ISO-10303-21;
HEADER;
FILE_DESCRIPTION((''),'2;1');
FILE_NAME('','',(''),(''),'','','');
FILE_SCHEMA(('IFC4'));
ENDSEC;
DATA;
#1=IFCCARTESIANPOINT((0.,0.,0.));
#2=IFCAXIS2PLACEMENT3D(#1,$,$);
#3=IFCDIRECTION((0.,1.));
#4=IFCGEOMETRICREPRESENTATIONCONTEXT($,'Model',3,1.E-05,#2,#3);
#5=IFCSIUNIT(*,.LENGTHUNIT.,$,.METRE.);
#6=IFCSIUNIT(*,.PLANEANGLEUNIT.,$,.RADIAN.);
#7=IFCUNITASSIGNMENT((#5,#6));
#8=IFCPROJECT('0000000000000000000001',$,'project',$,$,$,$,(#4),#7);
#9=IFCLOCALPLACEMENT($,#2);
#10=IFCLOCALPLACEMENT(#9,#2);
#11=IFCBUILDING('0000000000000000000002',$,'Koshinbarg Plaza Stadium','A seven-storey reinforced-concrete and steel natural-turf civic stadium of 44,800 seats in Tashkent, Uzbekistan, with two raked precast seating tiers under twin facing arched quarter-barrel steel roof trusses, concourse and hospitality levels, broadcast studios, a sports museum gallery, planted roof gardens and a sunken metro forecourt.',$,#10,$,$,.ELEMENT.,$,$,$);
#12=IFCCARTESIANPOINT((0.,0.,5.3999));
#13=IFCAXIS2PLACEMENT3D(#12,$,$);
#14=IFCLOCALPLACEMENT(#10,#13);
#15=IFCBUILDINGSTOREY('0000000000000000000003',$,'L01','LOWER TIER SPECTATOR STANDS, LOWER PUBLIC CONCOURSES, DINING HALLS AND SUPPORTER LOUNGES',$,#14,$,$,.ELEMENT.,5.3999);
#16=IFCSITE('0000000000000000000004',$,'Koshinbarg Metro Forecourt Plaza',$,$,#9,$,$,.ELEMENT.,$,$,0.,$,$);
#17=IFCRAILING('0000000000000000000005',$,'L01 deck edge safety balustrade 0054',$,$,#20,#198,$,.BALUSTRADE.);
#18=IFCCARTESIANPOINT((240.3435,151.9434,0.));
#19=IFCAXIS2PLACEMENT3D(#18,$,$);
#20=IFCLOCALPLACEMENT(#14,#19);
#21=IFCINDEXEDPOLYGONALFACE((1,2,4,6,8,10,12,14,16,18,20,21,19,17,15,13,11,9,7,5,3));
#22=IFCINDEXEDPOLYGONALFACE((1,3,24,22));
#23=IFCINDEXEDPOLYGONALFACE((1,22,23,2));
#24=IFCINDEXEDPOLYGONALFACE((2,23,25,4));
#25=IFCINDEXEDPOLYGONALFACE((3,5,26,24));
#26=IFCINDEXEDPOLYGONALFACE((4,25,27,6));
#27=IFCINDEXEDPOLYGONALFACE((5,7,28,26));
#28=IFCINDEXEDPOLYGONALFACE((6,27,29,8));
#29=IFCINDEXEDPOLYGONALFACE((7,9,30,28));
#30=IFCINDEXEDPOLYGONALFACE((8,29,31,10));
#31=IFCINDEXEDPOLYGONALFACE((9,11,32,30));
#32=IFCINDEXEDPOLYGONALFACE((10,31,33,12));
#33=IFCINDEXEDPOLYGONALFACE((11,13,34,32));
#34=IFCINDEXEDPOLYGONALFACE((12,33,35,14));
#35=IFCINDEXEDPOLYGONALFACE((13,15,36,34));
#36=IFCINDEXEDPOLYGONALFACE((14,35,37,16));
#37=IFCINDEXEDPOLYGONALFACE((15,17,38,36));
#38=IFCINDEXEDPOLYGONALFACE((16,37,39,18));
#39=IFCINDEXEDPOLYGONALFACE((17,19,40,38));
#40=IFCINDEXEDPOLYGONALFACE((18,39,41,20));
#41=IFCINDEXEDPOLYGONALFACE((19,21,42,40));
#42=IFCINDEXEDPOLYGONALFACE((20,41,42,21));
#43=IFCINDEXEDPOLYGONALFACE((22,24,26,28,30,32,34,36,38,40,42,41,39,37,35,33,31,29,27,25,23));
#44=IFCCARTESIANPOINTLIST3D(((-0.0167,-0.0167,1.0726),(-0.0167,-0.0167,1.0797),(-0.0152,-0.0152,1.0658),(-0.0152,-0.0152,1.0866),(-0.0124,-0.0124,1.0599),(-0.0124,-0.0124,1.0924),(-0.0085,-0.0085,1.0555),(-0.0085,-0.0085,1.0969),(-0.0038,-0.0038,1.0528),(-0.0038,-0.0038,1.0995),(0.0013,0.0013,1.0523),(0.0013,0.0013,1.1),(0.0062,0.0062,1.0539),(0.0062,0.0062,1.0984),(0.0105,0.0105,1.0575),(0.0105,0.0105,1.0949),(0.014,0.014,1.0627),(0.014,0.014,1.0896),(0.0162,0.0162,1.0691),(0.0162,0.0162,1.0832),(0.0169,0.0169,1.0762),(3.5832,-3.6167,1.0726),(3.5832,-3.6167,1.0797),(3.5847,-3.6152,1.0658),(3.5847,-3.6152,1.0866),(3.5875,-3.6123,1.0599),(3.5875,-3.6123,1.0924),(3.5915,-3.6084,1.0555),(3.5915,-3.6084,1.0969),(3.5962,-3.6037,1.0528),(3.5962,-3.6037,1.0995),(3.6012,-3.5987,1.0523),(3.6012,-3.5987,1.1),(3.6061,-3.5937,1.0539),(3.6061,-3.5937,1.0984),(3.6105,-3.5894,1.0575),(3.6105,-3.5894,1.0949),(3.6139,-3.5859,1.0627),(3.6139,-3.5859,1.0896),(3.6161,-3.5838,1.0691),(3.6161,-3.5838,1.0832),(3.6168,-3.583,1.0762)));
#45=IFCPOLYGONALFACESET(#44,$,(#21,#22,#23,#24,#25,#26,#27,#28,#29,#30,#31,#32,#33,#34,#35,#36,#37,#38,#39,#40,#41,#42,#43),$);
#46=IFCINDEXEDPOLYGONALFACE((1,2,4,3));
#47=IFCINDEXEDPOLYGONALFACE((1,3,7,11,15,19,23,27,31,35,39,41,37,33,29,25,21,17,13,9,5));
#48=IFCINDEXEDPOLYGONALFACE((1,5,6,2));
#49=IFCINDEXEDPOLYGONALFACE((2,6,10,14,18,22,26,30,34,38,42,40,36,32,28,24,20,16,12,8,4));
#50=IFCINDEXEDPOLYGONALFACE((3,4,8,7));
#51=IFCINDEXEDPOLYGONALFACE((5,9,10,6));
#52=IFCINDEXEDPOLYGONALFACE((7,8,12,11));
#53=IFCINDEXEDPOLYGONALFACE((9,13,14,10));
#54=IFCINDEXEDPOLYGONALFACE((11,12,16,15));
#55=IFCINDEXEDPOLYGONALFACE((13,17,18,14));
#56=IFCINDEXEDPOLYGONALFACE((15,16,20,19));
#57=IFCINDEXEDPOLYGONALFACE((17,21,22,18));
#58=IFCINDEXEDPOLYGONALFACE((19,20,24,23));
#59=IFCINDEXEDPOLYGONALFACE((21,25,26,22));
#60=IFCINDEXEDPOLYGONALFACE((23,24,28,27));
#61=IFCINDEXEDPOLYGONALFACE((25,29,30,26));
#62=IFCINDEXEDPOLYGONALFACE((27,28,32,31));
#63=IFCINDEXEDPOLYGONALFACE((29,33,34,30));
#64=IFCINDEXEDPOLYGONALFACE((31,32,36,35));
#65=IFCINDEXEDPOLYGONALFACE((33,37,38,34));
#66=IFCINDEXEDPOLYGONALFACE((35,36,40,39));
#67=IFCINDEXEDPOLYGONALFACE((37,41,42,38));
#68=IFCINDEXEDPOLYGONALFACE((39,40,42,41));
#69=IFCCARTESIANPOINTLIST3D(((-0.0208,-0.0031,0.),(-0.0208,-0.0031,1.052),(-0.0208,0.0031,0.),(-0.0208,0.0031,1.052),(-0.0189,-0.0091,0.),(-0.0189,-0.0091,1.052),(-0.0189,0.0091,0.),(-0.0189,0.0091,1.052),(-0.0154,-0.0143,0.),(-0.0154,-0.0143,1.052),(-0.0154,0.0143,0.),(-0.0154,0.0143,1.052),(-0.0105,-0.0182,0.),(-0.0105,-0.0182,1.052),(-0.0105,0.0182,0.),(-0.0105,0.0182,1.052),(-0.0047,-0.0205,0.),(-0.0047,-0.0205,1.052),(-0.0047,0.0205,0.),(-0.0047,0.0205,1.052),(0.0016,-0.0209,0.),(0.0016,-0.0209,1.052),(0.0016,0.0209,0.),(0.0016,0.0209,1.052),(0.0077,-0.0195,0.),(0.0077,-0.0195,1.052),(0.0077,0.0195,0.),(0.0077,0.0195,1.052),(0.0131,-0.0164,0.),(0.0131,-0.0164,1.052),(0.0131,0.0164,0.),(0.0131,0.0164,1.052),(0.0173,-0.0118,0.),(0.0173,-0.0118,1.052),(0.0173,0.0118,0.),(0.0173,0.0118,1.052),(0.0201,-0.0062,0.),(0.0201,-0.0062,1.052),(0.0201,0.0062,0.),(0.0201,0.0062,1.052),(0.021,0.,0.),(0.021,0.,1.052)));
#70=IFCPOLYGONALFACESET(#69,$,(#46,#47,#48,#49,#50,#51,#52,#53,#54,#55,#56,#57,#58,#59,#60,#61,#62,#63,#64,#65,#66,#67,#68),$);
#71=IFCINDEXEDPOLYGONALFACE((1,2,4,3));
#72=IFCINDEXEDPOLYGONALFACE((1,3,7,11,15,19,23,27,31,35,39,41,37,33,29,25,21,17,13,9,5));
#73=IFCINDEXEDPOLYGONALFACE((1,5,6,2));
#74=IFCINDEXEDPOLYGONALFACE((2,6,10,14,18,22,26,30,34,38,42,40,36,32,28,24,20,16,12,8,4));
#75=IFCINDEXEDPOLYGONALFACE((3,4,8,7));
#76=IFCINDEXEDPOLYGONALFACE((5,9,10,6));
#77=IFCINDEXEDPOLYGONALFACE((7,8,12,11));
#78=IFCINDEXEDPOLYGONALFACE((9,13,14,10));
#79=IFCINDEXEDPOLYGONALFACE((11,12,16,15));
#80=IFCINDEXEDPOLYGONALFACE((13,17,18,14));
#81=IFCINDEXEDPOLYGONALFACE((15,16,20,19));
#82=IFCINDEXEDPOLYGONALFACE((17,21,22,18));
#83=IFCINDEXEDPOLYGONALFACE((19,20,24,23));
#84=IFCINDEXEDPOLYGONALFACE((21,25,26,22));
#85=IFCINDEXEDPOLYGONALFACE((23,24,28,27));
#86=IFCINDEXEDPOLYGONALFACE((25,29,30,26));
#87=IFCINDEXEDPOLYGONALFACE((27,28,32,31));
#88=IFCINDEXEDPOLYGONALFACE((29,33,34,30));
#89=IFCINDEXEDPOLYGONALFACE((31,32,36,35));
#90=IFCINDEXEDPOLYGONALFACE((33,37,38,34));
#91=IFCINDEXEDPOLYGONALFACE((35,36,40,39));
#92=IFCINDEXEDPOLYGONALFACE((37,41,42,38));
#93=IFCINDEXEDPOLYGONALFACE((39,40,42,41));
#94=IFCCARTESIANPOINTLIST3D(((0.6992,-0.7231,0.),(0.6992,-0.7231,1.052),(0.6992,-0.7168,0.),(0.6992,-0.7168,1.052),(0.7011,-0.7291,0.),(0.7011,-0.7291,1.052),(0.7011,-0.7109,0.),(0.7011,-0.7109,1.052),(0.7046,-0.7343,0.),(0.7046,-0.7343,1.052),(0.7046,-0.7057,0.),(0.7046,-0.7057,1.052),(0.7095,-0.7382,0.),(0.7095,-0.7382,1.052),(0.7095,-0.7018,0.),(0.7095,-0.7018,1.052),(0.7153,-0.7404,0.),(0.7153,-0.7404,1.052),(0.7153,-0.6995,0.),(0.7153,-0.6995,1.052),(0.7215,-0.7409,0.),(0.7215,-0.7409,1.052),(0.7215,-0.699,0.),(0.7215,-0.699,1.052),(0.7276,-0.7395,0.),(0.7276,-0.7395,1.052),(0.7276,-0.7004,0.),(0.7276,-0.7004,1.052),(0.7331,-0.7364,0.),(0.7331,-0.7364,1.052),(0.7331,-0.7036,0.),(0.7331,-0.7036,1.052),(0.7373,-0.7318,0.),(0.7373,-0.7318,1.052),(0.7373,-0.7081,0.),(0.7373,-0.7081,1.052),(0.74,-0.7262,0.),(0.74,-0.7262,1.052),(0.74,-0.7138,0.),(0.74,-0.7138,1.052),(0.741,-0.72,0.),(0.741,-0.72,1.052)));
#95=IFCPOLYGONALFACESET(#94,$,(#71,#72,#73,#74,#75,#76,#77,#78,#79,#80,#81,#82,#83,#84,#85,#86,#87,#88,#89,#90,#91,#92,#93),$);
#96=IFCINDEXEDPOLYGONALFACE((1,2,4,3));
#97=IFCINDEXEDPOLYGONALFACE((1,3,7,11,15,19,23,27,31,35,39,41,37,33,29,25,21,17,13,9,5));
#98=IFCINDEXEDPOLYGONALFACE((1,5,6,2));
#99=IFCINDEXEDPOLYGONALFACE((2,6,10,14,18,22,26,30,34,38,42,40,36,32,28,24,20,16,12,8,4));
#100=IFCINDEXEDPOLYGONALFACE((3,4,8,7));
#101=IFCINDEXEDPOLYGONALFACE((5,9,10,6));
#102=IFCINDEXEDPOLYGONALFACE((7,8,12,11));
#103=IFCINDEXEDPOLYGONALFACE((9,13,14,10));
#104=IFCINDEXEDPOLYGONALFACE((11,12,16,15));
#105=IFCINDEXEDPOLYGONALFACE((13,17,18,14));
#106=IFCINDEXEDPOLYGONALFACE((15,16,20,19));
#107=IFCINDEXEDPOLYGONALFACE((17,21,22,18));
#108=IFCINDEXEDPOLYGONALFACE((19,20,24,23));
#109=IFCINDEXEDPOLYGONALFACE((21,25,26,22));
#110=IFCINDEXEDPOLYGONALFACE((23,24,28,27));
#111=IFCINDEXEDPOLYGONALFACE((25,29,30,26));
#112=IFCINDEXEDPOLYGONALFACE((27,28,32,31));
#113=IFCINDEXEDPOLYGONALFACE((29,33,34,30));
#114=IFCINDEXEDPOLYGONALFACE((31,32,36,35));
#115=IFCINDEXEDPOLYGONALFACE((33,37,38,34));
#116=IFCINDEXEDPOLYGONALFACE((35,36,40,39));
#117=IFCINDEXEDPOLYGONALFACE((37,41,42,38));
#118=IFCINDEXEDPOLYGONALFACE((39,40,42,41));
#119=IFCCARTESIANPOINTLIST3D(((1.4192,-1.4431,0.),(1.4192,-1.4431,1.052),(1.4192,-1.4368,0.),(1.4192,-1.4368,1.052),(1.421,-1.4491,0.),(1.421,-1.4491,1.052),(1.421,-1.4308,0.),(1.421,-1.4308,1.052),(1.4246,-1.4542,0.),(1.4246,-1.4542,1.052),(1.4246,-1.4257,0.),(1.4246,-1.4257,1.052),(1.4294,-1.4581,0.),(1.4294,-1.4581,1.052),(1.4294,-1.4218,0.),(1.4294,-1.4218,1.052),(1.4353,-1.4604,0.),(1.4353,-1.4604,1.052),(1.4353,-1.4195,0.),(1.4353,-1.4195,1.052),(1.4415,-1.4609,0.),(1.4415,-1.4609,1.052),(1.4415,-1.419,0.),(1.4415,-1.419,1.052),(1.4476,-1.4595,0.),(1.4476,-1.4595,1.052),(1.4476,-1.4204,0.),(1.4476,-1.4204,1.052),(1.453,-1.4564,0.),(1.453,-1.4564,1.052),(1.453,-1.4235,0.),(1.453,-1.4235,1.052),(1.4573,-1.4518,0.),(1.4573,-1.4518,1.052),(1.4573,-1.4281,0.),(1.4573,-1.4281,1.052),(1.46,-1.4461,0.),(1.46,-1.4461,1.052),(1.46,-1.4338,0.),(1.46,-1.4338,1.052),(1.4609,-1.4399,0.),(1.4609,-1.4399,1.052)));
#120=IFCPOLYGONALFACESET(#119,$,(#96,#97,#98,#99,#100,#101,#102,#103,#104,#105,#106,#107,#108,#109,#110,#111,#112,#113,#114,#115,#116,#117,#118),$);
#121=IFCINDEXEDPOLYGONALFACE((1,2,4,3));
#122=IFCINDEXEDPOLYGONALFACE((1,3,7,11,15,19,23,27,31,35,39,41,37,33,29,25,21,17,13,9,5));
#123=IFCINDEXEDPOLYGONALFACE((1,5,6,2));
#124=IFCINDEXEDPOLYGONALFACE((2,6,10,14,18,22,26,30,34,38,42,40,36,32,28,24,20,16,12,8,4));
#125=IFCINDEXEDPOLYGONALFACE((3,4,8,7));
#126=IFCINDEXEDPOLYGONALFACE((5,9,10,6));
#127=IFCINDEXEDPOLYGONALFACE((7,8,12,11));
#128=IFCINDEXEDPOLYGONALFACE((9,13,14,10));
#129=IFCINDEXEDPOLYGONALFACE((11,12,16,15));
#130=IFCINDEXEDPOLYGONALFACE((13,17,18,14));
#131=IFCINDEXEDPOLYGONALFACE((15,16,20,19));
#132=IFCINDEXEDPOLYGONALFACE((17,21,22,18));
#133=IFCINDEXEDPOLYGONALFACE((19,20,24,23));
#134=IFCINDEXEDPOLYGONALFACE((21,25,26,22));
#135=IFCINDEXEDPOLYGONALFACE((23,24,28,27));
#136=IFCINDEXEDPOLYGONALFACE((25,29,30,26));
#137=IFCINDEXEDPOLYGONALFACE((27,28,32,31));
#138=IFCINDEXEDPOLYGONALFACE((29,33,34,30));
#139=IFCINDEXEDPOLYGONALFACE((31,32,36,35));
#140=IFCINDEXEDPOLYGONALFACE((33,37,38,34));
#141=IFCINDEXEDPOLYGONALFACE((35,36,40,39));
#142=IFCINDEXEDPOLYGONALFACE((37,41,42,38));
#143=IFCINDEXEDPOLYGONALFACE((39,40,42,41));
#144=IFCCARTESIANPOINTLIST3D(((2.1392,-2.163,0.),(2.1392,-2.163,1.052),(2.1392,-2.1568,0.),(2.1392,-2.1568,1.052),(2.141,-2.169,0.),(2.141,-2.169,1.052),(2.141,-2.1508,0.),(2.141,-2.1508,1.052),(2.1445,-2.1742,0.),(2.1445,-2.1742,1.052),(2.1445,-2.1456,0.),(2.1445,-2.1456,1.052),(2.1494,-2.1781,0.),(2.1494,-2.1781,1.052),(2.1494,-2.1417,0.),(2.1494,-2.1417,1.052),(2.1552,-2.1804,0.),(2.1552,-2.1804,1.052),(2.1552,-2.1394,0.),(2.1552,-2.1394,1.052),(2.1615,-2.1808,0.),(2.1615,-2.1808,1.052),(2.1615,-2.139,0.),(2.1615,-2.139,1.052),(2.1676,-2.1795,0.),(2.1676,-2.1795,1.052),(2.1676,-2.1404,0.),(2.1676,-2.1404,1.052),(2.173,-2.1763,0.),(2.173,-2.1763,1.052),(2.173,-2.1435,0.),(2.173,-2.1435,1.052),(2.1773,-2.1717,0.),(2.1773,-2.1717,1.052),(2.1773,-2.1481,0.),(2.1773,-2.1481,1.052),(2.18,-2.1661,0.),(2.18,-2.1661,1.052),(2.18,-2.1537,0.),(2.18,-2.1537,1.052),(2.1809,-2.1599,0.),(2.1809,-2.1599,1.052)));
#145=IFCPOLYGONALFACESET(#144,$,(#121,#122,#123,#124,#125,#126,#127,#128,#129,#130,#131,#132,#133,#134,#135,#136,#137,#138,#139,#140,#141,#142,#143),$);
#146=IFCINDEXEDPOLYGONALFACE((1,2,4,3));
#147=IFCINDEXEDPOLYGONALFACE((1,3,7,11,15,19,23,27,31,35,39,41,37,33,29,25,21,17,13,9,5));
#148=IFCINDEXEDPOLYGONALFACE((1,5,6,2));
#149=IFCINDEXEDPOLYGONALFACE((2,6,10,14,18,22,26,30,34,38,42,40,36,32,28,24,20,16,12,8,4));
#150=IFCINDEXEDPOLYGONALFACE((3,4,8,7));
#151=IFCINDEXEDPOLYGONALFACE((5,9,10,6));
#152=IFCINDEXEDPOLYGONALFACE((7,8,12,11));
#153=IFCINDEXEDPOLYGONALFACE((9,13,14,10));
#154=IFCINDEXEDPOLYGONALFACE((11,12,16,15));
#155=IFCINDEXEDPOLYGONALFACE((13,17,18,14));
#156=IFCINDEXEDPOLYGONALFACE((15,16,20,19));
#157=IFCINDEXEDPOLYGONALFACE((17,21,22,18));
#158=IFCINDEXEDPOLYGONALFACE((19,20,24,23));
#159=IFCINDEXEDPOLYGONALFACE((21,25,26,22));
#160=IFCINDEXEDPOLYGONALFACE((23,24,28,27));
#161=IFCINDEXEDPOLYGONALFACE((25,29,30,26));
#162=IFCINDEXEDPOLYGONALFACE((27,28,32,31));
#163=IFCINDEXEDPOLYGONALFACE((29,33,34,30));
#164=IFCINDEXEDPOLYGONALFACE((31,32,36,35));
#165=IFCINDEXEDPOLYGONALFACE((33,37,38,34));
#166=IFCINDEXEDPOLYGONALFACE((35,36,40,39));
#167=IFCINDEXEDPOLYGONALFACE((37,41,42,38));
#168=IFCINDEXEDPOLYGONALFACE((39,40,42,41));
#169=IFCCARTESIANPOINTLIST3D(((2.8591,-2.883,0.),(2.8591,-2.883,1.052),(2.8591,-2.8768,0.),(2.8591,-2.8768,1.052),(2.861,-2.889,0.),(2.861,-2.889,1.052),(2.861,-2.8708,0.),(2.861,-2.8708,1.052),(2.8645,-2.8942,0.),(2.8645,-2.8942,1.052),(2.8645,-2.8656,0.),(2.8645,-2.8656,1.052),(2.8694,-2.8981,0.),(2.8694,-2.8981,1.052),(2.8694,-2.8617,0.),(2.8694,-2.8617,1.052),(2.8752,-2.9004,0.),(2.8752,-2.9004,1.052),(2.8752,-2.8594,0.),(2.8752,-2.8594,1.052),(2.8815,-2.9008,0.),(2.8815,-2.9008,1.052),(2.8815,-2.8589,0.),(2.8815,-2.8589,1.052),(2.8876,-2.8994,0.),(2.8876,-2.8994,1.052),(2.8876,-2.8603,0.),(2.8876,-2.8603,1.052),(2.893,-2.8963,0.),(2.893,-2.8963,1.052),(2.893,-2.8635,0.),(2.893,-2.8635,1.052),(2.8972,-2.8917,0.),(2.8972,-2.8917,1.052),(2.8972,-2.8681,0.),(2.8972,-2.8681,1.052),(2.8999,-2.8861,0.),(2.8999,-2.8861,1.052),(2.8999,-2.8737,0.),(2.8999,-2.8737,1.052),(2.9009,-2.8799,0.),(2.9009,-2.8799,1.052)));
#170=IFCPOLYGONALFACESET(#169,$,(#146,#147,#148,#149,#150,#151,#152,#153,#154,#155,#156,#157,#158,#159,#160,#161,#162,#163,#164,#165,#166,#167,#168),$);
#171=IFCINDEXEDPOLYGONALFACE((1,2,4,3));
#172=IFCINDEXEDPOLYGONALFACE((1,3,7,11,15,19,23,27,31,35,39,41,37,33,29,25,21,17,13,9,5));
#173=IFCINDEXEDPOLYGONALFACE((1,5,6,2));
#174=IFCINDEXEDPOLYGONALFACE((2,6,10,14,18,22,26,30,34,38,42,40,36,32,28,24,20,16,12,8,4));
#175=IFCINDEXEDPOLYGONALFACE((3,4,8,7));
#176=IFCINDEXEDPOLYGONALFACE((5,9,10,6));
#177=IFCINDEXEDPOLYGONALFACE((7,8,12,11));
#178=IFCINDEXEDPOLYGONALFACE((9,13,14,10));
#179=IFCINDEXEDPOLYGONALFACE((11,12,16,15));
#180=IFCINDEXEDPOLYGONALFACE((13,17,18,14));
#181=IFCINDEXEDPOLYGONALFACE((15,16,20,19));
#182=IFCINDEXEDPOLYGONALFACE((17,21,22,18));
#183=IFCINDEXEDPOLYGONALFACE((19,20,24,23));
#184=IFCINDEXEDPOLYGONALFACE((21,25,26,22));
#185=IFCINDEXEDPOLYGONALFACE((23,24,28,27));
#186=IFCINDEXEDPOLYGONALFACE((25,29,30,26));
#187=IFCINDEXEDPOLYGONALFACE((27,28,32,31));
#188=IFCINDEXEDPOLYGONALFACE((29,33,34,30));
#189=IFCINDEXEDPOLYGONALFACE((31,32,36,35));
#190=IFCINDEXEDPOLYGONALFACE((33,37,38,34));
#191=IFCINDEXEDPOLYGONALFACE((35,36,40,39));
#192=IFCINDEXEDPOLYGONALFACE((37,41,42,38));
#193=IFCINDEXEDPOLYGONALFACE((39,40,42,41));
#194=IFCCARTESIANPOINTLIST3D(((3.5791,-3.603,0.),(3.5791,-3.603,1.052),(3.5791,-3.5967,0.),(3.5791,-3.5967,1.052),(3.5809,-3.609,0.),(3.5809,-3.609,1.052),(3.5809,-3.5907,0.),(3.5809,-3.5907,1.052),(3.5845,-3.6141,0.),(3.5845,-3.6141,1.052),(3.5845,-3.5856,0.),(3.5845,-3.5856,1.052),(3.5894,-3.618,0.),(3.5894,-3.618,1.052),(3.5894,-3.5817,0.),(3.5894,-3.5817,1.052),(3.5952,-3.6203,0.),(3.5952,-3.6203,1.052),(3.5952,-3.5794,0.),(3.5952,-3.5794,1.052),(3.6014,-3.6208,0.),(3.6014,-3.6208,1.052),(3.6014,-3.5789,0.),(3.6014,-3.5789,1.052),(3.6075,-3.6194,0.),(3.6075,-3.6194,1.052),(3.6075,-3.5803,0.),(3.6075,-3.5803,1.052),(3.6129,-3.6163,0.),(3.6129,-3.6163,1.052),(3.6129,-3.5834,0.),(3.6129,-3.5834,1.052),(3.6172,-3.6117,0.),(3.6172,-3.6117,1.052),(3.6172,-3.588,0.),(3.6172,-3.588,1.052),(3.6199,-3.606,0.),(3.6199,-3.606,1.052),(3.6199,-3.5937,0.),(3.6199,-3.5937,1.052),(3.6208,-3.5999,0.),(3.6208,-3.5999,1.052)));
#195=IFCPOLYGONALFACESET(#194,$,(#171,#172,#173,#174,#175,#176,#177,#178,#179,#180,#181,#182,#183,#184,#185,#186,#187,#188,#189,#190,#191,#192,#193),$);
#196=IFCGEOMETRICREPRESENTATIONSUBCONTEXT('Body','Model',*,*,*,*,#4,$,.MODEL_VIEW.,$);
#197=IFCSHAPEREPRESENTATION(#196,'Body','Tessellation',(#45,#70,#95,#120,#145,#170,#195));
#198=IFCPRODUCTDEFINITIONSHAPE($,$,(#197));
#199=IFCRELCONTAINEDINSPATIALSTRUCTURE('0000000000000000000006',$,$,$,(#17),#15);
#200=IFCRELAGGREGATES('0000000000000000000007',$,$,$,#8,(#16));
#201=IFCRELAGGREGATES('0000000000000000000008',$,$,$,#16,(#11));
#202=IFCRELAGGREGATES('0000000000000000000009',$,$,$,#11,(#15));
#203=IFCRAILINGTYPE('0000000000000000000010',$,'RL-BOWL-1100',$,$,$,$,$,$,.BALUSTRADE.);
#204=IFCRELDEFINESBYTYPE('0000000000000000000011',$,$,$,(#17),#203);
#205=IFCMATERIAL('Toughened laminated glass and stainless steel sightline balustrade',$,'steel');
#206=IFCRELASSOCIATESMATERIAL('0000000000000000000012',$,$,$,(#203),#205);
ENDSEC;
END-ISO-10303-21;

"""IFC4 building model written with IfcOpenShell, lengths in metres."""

from ifc_helpers import new_model, si_unit, direction, frame, origin, origin_2d, place, context, subcontext, project, spatial, circle, extrude, material, type_object, element, save


model = new_model("IFC4")

# Units and contexts
model_context = context("Model", 3, precision=1e-05, world=origin(), true_north=direction((0.0, 1.0)))
body_context = subcontext(model_context, "Body", "Model", "MODEL_VIEW")
ifc_project = project(units=[si_unit("LENGTHUNIT", "METRE"), si_unit("PLANEANGLEUNIT", "RADIAN")], contexts=[model_context])

# Site, building, storey
site_placement = place(None, origin())
site = spatial("IfcSite", under=ifc_project, at=site_placement, Name="Koshinbarg Metro Forecourt Plaza", CompositionType="ELEMENT", RefElevation=0.0)
building_placement = place(site_placement, origin())
building = spatial("IfcBuilding", under=site, at=building_placement, Name="Koshinbarg Plaza Stadium", Description="A seven-storey reinforced-concrete and steel natural-turf civic stadium of 44,800 seats in Tashkent, Uzbekistan, with two raked precast seating tiers under twin facing arched quarter-barrel steel roof trusses, concourse and hospitality levels, broadcast studios, a sports museum gallery, planted roof gardens and a sunken metro forecourt.", CompositionType="ELEMENT")
storey_placement = place(building_placement, frame((0.0, 0.0, 5.3999)))
storey = spatial("IfcBuildingStorey", under=building, at=storey_placement, Name="L01", Description="LOWER TIER SPECTATOR STANDS, LOWER PUBLIC CONCOURSES, DINING HALLS AND SUPPORTER LOUNGES", CompositionType="ELEMENT", Elevation=5.3999)

# Railing
ifc_material_1 = material(Name="Toughened laminated glass and stainless steel sightline balustrade", Category="steel")
railing_type = type_object("IfcRailingType", Name="RL-BOWL-1100", PredefinedType="BALUSTRADE", material=ifc_material_1)
railing_1_placement = place(storey_placement, frame((240.3435, 151.9434, 0.0)))
element("IfcRailing", 1, at=railing_1_placement, inside=storey, type_object=railing_type, Name="L01 deck edge safety balustrade 0054", PredefinedType="BALUSTRADE", context=body_context, shape_type="SweptSolid", body=[
    extrude(circle(Radius=0.0239, at=origin_2d()), frame((0.0, 0.0, 1.0762), z_axis=(0.707107, -0.707107, 0.0), x_axis=(0.707107, 0.707107, 0.0)), (0.0, 0.0, 1.0), 5.0911),
    extrude(circle(Radius=0.021, at=origin_2d()), origin(), (0.0, 0.0, 1.0), 1.052),
    extrude(circle(Radius=0.021, at=origin_2d()), frame((0.72, -0.72, 0.0)), (0.0, 0.0, 1.0), 1.052),
    extrude(circle(Radius=0.021, at=origin_2d()), frame((1.4399, -1.4399, 0.0)), (0.0, 0.0, 1.0), 1.052),
    extrude(circle(Radius=0.021, at=origin_2d()), frame((2.1599, -2.1599, 0.0)), (0.0, 0.0, 1.0), 1.052),
    extrude(circle(Radius=0.021, at=origin_2d()), frame((2.8799, -2.8799, 0.0)), (0.0, 0.0, 1.0), 1.052),
    extrude(circle(Radius=0.021, at=origin_2d()), frame((3.5999, -3.5999, 0.0)), (0.0, 0.0, 1.0), 1.052),
])

save(model, "model.ifc")
